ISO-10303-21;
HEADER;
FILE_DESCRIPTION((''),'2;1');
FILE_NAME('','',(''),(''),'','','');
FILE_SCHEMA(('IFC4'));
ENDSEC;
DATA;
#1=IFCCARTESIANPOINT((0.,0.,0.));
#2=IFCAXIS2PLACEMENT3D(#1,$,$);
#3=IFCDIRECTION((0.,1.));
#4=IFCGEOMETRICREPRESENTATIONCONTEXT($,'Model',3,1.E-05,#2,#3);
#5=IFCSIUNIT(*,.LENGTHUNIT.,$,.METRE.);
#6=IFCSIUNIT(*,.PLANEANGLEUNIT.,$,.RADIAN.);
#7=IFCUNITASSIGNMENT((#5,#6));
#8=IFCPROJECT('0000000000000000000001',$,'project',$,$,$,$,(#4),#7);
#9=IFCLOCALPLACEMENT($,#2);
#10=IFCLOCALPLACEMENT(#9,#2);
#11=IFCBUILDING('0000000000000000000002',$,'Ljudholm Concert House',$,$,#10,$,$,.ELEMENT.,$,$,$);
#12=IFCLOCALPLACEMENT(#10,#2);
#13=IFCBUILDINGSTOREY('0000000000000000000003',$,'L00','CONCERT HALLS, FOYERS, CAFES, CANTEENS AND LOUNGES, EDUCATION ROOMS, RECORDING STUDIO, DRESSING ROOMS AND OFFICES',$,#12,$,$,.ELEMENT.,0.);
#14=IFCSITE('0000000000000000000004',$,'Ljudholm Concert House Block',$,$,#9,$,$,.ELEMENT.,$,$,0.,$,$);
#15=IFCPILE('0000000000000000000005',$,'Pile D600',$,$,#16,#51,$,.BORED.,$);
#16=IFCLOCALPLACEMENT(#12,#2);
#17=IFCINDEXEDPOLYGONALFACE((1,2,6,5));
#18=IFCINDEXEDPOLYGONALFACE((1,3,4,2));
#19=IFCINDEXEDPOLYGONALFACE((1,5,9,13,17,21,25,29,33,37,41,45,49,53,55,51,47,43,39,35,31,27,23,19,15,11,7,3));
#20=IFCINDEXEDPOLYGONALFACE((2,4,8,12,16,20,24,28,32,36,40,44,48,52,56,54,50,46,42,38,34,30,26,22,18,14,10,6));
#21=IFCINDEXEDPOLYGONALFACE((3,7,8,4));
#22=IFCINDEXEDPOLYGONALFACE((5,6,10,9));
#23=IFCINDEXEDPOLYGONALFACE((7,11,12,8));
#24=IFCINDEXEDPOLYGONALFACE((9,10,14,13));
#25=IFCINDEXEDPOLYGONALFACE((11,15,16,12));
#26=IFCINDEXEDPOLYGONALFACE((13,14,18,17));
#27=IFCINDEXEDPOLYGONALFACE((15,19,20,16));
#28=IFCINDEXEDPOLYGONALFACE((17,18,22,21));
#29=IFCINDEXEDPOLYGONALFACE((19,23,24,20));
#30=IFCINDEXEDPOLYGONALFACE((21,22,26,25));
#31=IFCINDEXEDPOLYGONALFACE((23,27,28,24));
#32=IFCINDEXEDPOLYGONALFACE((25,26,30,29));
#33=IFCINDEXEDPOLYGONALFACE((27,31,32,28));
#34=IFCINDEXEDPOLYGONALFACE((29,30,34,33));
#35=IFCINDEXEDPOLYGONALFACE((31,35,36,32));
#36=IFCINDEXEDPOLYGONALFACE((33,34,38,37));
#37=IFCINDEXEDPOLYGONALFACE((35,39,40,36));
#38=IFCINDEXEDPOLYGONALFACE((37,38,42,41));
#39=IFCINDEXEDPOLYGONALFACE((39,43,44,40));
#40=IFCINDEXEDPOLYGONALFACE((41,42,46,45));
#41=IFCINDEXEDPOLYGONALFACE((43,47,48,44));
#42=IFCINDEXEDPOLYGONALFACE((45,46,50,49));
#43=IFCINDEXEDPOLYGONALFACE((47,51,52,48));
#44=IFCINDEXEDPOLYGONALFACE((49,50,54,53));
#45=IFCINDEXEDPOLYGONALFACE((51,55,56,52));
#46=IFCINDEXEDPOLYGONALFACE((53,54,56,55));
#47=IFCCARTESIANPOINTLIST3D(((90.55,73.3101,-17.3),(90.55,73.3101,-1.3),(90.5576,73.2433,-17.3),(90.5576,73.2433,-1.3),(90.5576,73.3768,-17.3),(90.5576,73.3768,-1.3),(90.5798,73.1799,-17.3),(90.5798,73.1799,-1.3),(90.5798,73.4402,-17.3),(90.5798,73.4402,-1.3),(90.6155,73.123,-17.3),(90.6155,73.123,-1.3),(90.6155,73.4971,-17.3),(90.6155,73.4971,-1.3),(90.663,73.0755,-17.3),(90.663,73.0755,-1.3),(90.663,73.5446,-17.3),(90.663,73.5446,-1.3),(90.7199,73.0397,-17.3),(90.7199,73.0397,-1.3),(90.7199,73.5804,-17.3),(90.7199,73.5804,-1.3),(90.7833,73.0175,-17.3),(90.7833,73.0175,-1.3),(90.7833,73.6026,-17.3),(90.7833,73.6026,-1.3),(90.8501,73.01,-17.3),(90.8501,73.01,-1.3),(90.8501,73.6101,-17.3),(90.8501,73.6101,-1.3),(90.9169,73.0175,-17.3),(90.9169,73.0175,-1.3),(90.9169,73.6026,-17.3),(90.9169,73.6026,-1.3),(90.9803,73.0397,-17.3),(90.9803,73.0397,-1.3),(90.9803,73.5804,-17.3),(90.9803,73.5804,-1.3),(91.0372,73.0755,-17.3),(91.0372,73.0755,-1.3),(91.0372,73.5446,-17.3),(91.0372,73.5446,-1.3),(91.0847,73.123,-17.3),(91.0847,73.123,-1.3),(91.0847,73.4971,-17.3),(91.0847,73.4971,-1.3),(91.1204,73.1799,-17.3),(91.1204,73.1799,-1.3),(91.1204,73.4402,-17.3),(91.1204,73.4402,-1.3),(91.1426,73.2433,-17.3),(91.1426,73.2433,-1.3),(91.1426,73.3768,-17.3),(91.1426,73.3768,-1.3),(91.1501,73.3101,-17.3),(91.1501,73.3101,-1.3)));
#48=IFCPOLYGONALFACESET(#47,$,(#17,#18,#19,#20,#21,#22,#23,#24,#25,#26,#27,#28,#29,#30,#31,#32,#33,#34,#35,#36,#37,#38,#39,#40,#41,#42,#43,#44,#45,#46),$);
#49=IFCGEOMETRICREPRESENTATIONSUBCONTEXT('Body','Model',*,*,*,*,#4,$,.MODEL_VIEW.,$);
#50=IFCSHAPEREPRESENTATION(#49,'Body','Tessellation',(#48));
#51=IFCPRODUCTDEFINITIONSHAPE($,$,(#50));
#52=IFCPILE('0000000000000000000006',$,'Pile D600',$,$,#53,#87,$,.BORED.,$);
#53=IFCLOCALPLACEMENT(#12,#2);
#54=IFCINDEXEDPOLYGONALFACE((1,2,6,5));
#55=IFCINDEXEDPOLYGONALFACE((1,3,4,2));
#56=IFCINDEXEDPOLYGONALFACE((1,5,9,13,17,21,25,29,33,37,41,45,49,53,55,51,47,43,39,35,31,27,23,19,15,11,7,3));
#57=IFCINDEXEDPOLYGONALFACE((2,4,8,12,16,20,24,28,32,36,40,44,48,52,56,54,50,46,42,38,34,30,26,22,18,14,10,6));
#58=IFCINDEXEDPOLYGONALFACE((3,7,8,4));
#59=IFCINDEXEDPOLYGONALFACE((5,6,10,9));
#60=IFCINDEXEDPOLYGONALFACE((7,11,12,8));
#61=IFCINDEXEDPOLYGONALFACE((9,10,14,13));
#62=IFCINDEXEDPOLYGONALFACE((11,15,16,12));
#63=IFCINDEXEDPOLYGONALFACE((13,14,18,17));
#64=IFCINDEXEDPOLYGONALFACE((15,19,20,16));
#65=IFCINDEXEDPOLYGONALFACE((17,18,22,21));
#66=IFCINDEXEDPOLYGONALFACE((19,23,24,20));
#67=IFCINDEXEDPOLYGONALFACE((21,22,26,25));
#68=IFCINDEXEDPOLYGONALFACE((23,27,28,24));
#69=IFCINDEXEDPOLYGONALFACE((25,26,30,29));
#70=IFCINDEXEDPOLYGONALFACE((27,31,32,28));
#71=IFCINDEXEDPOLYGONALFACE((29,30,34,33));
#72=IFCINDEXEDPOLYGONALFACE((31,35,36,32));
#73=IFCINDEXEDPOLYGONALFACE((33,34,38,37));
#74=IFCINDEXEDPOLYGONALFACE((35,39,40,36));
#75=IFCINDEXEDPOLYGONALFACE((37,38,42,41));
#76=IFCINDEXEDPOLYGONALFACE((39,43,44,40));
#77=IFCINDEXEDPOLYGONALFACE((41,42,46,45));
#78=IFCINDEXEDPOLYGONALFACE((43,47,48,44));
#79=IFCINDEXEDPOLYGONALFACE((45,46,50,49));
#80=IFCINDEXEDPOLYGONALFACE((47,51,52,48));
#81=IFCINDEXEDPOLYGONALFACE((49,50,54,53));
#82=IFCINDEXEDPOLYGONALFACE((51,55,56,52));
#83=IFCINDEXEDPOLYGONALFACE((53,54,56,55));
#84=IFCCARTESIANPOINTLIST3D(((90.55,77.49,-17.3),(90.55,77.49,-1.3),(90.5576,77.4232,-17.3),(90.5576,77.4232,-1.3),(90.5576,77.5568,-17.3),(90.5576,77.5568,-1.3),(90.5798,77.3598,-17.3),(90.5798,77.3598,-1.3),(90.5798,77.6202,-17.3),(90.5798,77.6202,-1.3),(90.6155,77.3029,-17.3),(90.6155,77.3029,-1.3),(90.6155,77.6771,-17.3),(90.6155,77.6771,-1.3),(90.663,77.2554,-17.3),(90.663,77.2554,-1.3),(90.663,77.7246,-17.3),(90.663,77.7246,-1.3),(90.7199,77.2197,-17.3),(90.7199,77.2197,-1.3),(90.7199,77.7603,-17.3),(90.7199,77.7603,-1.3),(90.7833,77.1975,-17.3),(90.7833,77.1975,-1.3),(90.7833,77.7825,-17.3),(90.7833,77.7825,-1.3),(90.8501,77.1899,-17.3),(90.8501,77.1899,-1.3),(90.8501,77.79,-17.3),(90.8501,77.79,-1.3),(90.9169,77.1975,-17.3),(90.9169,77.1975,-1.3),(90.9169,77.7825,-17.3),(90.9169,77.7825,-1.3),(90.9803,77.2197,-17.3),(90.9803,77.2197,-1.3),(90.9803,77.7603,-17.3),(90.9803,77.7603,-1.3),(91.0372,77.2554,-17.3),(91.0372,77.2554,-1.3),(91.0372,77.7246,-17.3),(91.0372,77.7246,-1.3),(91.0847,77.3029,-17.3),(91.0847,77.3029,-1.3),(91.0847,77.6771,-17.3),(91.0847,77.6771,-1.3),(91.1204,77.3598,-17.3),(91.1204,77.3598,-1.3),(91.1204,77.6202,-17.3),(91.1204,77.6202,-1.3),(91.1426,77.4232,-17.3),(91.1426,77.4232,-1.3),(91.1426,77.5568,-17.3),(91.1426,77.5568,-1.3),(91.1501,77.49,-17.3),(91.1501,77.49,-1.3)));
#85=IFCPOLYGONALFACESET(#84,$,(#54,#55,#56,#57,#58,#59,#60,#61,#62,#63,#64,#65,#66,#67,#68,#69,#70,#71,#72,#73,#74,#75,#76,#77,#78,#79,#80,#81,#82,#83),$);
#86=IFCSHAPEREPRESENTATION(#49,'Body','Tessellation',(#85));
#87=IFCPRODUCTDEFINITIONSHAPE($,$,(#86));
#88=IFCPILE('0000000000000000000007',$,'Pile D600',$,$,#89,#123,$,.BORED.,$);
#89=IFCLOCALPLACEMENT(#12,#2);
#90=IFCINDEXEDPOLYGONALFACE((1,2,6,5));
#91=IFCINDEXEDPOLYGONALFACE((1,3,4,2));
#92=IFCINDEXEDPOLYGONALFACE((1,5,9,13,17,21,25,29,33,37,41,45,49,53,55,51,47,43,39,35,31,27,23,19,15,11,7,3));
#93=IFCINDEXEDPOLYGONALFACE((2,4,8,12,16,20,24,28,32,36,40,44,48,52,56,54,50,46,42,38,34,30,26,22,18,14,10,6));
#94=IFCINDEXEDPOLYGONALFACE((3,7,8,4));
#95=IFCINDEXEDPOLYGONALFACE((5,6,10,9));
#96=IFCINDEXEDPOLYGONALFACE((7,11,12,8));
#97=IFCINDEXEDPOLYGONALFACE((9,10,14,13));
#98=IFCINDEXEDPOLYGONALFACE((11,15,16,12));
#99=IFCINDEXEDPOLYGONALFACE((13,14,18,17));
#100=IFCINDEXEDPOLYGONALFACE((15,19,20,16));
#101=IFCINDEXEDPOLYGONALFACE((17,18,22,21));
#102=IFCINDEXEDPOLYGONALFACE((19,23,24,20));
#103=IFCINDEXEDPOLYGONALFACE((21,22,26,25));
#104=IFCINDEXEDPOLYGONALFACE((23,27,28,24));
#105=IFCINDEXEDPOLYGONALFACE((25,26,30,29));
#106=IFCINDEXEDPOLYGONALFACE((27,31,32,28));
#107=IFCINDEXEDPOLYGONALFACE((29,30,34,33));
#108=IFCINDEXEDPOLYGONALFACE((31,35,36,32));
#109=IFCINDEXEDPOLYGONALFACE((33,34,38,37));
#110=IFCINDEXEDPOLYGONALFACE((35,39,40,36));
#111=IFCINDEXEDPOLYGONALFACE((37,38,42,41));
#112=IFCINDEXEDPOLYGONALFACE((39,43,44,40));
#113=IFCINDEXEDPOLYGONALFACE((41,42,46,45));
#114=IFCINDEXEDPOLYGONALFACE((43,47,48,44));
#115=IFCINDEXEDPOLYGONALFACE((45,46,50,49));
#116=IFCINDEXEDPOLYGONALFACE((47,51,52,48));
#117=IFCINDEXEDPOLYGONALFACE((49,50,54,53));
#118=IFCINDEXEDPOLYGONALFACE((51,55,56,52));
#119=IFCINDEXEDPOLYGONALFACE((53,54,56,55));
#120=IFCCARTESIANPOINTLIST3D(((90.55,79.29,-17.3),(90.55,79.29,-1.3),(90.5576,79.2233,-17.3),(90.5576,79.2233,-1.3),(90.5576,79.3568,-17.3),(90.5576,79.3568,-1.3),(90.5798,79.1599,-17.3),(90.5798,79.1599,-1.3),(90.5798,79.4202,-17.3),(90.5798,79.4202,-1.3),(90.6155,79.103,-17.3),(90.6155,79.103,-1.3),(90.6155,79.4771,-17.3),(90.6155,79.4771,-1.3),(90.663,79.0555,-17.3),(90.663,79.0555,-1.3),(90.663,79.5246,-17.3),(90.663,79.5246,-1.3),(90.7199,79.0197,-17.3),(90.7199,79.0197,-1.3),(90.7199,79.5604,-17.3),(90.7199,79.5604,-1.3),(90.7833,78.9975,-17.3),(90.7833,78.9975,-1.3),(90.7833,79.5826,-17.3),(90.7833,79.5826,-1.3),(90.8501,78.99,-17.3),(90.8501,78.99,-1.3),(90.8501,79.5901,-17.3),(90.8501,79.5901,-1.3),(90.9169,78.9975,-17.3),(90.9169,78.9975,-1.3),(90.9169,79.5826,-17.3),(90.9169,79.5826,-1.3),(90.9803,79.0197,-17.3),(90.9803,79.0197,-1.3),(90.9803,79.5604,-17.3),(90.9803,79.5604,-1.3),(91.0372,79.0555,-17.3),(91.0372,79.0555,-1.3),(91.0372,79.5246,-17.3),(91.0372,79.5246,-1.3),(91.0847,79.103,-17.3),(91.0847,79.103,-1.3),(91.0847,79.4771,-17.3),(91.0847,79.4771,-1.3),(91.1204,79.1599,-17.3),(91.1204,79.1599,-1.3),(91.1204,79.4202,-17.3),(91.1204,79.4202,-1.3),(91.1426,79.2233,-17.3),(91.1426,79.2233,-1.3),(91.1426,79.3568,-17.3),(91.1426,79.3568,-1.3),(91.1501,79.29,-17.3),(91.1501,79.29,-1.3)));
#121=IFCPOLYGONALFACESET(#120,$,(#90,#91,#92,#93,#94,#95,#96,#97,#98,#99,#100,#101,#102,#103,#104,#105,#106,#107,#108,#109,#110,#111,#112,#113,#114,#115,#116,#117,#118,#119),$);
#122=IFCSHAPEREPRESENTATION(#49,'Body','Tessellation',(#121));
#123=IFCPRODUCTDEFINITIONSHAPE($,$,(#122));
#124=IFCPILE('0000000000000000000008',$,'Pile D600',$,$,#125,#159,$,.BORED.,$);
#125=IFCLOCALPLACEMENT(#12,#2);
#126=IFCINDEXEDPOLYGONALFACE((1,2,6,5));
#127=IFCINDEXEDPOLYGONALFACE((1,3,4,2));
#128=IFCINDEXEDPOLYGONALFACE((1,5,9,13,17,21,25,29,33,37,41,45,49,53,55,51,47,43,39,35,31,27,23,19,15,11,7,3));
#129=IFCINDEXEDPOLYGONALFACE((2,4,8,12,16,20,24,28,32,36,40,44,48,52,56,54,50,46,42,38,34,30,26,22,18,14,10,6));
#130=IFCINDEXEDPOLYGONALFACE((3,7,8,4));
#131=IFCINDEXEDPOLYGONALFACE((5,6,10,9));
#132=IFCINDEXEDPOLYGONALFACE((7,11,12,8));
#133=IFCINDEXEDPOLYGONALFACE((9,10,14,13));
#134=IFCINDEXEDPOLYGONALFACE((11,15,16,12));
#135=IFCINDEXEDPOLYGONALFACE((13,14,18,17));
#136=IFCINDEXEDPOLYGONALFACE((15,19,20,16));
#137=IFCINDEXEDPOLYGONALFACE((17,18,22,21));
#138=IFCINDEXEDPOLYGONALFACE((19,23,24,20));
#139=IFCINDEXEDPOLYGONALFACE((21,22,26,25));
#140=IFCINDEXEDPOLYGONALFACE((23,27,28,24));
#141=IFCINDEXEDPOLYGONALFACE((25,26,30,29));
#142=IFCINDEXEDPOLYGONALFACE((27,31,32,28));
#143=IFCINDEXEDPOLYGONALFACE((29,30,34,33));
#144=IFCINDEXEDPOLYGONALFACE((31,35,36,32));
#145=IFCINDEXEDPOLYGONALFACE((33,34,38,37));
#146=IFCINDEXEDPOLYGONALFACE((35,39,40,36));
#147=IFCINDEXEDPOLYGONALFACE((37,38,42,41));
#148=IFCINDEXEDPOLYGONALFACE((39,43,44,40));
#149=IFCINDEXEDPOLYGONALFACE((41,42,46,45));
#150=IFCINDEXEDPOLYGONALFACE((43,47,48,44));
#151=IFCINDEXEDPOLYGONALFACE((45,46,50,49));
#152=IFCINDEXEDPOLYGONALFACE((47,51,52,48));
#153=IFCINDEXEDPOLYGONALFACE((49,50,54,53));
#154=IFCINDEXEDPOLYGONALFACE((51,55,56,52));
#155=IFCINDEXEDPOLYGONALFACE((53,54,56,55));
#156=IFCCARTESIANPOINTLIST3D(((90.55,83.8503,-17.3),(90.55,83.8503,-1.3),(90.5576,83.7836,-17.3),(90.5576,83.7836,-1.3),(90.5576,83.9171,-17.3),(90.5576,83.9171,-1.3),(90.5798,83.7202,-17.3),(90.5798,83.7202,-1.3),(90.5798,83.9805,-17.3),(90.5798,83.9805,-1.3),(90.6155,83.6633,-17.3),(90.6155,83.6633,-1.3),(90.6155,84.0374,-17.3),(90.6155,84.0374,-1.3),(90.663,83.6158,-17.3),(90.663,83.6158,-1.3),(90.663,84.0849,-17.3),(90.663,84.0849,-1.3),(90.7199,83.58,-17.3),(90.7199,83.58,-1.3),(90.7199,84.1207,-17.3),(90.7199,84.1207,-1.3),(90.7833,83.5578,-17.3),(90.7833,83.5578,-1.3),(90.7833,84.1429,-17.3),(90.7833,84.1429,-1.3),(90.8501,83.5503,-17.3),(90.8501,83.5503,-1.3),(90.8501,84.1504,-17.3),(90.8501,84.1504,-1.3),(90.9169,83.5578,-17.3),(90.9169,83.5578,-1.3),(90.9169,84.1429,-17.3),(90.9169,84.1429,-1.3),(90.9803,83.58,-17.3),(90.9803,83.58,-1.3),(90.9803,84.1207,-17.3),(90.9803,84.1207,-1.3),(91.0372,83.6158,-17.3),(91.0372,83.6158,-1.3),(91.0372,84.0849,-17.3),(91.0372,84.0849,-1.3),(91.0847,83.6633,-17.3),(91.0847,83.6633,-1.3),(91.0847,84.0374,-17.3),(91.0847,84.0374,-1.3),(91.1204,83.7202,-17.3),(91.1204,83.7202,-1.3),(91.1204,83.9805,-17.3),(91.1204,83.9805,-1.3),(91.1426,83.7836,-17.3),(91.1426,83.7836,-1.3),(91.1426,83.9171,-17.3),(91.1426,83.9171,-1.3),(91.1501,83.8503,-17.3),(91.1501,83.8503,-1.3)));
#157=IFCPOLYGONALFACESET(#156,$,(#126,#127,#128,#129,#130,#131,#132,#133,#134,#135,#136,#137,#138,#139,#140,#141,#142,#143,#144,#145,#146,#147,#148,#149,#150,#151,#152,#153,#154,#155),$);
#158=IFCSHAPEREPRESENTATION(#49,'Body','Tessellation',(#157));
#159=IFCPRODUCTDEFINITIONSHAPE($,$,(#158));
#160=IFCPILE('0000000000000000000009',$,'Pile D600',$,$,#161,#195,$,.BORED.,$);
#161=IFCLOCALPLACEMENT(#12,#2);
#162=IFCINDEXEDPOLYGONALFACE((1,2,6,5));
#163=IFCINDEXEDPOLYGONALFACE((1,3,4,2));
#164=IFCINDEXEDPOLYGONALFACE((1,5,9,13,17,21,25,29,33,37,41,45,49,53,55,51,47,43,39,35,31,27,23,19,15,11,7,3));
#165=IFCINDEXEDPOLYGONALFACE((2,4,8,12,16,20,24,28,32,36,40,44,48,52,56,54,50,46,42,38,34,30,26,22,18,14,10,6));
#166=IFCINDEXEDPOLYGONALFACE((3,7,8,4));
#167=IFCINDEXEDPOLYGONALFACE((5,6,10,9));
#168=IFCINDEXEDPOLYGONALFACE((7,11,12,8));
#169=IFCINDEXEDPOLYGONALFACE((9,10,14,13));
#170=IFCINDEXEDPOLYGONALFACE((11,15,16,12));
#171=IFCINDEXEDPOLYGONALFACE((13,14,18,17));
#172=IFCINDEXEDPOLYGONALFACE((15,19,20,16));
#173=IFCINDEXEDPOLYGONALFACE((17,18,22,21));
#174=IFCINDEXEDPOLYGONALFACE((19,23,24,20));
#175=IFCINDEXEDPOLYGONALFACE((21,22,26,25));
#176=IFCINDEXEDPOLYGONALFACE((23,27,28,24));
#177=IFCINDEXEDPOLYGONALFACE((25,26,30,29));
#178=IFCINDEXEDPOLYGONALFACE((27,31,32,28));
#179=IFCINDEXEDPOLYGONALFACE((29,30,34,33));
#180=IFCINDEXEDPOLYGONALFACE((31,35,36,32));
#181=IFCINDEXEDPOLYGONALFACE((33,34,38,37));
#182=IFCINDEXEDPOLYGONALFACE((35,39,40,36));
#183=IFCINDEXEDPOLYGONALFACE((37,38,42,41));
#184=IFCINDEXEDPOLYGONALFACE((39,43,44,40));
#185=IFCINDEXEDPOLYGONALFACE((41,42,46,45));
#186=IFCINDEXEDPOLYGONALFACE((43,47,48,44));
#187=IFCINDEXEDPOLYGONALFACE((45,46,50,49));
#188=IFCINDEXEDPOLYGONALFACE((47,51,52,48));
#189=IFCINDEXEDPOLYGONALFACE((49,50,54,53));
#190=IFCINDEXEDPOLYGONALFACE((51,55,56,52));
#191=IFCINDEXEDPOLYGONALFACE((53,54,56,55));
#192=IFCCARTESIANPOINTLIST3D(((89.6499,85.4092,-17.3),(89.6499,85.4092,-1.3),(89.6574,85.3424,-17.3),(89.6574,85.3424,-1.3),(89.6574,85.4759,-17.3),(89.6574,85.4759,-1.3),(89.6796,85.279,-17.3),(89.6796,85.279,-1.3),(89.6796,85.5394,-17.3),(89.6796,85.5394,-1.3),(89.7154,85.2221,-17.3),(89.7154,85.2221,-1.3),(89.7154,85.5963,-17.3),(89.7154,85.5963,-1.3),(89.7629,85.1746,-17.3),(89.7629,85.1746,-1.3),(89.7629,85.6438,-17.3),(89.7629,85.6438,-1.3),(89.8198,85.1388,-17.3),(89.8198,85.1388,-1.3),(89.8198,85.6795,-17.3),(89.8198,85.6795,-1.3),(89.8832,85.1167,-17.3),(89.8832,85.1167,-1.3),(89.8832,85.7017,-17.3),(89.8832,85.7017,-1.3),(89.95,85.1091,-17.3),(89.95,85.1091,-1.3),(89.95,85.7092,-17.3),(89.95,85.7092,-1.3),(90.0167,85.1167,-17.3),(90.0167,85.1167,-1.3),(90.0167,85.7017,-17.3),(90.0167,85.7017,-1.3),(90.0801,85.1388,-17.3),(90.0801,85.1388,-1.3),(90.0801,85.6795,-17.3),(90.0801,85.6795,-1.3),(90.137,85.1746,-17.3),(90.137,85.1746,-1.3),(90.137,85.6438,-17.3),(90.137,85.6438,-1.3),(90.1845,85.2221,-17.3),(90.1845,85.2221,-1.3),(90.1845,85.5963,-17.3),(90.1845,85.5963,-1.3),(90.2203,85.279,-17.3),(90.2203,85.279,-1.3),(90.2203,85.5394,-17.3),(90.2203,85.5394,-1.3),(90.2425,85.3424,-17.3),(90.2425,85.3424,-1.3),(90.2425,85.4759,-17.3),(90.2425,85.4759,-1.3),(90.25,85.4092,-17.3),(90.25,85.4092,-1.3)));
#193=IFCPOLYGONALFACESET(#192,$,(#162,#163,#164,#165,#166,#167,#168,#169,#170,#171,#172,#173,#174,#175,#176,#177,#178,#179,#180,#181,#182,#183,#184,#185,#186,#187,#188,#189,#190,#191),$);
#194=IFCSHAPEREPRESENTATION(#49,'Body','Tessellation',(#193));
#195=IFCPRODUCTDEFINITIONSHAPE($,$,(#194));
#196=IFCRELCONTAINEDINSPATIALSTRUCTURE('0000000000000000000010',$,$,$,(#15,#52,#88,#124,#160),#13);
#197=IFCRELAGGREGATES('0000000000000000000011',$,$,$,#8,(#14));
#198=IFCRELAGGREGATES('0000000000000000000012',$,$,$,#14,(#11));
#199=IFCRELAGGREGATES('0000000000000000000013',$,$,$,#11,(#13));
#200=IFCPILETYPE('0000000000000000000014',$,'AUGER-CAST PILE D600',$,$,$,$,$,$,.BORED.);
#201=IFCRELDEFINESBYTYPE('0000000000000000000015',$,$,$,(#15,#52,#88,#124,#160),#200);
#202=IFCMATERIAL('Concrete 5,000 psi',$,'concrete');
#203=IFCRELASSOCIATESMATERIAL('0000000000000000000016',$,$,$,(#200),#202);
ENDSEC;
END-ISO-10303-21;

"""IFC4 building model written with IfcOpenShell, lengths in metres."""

from ifc_helpers import new_model, si_unit, direction, frame, origin, origin_2d, place, context, subcontext, project, spatial, circle, extrude, material, material_profile, profile_set, type_object, element, save


model = new_model("IFC4")

# Units and contexts
model_context = context("Model", 3, precision=1e-05, world=origin(), true_north=direction((0.0, 1.0)))
body_context = subcontext(model_context, "Body", "Model", "MODEL_VIEW")
ifc_project = project(units=[si_unit("LENGTHUNIT", "METRE"), si_unit("PLANEANGLEUNIT", "RADIAN")], contexts=[model_context])

# Site, building, storey
site_placement = place(None, origin())
site = spatial("IfcSite", under=ifc_project, at=site_placement, Name="Ljudholm Concert House Block", CompositionType="ELEMENT", RefElevation=0.0)
building_placement = place(site_placement, origin())
building = spatial("IfcBuilding", under=site, at=building_placement, Name="Ljudholm Concert House", CompositionType="ELEMENT")
storey_placement = place(building_placement, origin())
storey = spatial("IfcBuildingStorey", under=building, at=storey_placement, Name="L00", Description="CONCERT HALLS, FOYERS, CAFES, CANTEENS AND LOUNGES, EDUCATION ROOMS, RECORDING STUDIO, DRESSING ROOMS AND OFFICES", CompositionType="ELEMENT", Elevation=0.0)

# Piles
ifc_material_1 = material(Name="Concrete 5,000 psi", Category="concrete")
ifc_material_profile_1 = material_profile(ifc_material_1, circle(Radius=0.3, at=origin_2d()), Name="AUGER-CAST PILE D600")
ifc_profile_set_1 = profile_set([ifc_material_profile_1], Name="Concrete 5,000 psi")
pile_type = type_object("IfcPileType", Name="AUGER-CAST PILE D600", PredefinedType="BORED", material=ifc_profile_set_1)
for number, where, z_axis, x_axis, name in (
    (1, (90.8501, 73.3101, -1.3), (0.0, 0.0, -1.0), (1.0, 0.0, 0.0), "Pile D600"),
    (2, (90.8501, 77.49, -1.3), (0.0, 0.0, -1.0), (1.0, 0.0, 0.0), "Pile D600"),
    (3, (90.8501, 79.29, -1.3), (0.0, 0.0, -1.0), (1.0, 0.0, 0.0), "Pile D600"),
    (4, (90.8501, 83.8503, -1.3), (0.0, 0.0, -1.0), (1.0, 0.0, 0.0), "Pile D600"),
    (5, (89.95, 85.4092, -1.3), (0.0, 0.0, -1.0), (1.0, 0.0, 0.0), "Pile D600"),
):
    element("IfcPile", number, at=place(storey_placement, frame(where, z_axis=z_axis, x_axis=x_axis)), inside=storey, type_object=pile_type, Name=name, PredefinedType="BORED", context=body_context, shape_type="SweptSolid", body=[
        extrude(circle(Radius=0.3, at=origin_2d()), origin(), (0.0, 0.0, 1.0), 16.0),
    ])

save(model, "model.ifc")
